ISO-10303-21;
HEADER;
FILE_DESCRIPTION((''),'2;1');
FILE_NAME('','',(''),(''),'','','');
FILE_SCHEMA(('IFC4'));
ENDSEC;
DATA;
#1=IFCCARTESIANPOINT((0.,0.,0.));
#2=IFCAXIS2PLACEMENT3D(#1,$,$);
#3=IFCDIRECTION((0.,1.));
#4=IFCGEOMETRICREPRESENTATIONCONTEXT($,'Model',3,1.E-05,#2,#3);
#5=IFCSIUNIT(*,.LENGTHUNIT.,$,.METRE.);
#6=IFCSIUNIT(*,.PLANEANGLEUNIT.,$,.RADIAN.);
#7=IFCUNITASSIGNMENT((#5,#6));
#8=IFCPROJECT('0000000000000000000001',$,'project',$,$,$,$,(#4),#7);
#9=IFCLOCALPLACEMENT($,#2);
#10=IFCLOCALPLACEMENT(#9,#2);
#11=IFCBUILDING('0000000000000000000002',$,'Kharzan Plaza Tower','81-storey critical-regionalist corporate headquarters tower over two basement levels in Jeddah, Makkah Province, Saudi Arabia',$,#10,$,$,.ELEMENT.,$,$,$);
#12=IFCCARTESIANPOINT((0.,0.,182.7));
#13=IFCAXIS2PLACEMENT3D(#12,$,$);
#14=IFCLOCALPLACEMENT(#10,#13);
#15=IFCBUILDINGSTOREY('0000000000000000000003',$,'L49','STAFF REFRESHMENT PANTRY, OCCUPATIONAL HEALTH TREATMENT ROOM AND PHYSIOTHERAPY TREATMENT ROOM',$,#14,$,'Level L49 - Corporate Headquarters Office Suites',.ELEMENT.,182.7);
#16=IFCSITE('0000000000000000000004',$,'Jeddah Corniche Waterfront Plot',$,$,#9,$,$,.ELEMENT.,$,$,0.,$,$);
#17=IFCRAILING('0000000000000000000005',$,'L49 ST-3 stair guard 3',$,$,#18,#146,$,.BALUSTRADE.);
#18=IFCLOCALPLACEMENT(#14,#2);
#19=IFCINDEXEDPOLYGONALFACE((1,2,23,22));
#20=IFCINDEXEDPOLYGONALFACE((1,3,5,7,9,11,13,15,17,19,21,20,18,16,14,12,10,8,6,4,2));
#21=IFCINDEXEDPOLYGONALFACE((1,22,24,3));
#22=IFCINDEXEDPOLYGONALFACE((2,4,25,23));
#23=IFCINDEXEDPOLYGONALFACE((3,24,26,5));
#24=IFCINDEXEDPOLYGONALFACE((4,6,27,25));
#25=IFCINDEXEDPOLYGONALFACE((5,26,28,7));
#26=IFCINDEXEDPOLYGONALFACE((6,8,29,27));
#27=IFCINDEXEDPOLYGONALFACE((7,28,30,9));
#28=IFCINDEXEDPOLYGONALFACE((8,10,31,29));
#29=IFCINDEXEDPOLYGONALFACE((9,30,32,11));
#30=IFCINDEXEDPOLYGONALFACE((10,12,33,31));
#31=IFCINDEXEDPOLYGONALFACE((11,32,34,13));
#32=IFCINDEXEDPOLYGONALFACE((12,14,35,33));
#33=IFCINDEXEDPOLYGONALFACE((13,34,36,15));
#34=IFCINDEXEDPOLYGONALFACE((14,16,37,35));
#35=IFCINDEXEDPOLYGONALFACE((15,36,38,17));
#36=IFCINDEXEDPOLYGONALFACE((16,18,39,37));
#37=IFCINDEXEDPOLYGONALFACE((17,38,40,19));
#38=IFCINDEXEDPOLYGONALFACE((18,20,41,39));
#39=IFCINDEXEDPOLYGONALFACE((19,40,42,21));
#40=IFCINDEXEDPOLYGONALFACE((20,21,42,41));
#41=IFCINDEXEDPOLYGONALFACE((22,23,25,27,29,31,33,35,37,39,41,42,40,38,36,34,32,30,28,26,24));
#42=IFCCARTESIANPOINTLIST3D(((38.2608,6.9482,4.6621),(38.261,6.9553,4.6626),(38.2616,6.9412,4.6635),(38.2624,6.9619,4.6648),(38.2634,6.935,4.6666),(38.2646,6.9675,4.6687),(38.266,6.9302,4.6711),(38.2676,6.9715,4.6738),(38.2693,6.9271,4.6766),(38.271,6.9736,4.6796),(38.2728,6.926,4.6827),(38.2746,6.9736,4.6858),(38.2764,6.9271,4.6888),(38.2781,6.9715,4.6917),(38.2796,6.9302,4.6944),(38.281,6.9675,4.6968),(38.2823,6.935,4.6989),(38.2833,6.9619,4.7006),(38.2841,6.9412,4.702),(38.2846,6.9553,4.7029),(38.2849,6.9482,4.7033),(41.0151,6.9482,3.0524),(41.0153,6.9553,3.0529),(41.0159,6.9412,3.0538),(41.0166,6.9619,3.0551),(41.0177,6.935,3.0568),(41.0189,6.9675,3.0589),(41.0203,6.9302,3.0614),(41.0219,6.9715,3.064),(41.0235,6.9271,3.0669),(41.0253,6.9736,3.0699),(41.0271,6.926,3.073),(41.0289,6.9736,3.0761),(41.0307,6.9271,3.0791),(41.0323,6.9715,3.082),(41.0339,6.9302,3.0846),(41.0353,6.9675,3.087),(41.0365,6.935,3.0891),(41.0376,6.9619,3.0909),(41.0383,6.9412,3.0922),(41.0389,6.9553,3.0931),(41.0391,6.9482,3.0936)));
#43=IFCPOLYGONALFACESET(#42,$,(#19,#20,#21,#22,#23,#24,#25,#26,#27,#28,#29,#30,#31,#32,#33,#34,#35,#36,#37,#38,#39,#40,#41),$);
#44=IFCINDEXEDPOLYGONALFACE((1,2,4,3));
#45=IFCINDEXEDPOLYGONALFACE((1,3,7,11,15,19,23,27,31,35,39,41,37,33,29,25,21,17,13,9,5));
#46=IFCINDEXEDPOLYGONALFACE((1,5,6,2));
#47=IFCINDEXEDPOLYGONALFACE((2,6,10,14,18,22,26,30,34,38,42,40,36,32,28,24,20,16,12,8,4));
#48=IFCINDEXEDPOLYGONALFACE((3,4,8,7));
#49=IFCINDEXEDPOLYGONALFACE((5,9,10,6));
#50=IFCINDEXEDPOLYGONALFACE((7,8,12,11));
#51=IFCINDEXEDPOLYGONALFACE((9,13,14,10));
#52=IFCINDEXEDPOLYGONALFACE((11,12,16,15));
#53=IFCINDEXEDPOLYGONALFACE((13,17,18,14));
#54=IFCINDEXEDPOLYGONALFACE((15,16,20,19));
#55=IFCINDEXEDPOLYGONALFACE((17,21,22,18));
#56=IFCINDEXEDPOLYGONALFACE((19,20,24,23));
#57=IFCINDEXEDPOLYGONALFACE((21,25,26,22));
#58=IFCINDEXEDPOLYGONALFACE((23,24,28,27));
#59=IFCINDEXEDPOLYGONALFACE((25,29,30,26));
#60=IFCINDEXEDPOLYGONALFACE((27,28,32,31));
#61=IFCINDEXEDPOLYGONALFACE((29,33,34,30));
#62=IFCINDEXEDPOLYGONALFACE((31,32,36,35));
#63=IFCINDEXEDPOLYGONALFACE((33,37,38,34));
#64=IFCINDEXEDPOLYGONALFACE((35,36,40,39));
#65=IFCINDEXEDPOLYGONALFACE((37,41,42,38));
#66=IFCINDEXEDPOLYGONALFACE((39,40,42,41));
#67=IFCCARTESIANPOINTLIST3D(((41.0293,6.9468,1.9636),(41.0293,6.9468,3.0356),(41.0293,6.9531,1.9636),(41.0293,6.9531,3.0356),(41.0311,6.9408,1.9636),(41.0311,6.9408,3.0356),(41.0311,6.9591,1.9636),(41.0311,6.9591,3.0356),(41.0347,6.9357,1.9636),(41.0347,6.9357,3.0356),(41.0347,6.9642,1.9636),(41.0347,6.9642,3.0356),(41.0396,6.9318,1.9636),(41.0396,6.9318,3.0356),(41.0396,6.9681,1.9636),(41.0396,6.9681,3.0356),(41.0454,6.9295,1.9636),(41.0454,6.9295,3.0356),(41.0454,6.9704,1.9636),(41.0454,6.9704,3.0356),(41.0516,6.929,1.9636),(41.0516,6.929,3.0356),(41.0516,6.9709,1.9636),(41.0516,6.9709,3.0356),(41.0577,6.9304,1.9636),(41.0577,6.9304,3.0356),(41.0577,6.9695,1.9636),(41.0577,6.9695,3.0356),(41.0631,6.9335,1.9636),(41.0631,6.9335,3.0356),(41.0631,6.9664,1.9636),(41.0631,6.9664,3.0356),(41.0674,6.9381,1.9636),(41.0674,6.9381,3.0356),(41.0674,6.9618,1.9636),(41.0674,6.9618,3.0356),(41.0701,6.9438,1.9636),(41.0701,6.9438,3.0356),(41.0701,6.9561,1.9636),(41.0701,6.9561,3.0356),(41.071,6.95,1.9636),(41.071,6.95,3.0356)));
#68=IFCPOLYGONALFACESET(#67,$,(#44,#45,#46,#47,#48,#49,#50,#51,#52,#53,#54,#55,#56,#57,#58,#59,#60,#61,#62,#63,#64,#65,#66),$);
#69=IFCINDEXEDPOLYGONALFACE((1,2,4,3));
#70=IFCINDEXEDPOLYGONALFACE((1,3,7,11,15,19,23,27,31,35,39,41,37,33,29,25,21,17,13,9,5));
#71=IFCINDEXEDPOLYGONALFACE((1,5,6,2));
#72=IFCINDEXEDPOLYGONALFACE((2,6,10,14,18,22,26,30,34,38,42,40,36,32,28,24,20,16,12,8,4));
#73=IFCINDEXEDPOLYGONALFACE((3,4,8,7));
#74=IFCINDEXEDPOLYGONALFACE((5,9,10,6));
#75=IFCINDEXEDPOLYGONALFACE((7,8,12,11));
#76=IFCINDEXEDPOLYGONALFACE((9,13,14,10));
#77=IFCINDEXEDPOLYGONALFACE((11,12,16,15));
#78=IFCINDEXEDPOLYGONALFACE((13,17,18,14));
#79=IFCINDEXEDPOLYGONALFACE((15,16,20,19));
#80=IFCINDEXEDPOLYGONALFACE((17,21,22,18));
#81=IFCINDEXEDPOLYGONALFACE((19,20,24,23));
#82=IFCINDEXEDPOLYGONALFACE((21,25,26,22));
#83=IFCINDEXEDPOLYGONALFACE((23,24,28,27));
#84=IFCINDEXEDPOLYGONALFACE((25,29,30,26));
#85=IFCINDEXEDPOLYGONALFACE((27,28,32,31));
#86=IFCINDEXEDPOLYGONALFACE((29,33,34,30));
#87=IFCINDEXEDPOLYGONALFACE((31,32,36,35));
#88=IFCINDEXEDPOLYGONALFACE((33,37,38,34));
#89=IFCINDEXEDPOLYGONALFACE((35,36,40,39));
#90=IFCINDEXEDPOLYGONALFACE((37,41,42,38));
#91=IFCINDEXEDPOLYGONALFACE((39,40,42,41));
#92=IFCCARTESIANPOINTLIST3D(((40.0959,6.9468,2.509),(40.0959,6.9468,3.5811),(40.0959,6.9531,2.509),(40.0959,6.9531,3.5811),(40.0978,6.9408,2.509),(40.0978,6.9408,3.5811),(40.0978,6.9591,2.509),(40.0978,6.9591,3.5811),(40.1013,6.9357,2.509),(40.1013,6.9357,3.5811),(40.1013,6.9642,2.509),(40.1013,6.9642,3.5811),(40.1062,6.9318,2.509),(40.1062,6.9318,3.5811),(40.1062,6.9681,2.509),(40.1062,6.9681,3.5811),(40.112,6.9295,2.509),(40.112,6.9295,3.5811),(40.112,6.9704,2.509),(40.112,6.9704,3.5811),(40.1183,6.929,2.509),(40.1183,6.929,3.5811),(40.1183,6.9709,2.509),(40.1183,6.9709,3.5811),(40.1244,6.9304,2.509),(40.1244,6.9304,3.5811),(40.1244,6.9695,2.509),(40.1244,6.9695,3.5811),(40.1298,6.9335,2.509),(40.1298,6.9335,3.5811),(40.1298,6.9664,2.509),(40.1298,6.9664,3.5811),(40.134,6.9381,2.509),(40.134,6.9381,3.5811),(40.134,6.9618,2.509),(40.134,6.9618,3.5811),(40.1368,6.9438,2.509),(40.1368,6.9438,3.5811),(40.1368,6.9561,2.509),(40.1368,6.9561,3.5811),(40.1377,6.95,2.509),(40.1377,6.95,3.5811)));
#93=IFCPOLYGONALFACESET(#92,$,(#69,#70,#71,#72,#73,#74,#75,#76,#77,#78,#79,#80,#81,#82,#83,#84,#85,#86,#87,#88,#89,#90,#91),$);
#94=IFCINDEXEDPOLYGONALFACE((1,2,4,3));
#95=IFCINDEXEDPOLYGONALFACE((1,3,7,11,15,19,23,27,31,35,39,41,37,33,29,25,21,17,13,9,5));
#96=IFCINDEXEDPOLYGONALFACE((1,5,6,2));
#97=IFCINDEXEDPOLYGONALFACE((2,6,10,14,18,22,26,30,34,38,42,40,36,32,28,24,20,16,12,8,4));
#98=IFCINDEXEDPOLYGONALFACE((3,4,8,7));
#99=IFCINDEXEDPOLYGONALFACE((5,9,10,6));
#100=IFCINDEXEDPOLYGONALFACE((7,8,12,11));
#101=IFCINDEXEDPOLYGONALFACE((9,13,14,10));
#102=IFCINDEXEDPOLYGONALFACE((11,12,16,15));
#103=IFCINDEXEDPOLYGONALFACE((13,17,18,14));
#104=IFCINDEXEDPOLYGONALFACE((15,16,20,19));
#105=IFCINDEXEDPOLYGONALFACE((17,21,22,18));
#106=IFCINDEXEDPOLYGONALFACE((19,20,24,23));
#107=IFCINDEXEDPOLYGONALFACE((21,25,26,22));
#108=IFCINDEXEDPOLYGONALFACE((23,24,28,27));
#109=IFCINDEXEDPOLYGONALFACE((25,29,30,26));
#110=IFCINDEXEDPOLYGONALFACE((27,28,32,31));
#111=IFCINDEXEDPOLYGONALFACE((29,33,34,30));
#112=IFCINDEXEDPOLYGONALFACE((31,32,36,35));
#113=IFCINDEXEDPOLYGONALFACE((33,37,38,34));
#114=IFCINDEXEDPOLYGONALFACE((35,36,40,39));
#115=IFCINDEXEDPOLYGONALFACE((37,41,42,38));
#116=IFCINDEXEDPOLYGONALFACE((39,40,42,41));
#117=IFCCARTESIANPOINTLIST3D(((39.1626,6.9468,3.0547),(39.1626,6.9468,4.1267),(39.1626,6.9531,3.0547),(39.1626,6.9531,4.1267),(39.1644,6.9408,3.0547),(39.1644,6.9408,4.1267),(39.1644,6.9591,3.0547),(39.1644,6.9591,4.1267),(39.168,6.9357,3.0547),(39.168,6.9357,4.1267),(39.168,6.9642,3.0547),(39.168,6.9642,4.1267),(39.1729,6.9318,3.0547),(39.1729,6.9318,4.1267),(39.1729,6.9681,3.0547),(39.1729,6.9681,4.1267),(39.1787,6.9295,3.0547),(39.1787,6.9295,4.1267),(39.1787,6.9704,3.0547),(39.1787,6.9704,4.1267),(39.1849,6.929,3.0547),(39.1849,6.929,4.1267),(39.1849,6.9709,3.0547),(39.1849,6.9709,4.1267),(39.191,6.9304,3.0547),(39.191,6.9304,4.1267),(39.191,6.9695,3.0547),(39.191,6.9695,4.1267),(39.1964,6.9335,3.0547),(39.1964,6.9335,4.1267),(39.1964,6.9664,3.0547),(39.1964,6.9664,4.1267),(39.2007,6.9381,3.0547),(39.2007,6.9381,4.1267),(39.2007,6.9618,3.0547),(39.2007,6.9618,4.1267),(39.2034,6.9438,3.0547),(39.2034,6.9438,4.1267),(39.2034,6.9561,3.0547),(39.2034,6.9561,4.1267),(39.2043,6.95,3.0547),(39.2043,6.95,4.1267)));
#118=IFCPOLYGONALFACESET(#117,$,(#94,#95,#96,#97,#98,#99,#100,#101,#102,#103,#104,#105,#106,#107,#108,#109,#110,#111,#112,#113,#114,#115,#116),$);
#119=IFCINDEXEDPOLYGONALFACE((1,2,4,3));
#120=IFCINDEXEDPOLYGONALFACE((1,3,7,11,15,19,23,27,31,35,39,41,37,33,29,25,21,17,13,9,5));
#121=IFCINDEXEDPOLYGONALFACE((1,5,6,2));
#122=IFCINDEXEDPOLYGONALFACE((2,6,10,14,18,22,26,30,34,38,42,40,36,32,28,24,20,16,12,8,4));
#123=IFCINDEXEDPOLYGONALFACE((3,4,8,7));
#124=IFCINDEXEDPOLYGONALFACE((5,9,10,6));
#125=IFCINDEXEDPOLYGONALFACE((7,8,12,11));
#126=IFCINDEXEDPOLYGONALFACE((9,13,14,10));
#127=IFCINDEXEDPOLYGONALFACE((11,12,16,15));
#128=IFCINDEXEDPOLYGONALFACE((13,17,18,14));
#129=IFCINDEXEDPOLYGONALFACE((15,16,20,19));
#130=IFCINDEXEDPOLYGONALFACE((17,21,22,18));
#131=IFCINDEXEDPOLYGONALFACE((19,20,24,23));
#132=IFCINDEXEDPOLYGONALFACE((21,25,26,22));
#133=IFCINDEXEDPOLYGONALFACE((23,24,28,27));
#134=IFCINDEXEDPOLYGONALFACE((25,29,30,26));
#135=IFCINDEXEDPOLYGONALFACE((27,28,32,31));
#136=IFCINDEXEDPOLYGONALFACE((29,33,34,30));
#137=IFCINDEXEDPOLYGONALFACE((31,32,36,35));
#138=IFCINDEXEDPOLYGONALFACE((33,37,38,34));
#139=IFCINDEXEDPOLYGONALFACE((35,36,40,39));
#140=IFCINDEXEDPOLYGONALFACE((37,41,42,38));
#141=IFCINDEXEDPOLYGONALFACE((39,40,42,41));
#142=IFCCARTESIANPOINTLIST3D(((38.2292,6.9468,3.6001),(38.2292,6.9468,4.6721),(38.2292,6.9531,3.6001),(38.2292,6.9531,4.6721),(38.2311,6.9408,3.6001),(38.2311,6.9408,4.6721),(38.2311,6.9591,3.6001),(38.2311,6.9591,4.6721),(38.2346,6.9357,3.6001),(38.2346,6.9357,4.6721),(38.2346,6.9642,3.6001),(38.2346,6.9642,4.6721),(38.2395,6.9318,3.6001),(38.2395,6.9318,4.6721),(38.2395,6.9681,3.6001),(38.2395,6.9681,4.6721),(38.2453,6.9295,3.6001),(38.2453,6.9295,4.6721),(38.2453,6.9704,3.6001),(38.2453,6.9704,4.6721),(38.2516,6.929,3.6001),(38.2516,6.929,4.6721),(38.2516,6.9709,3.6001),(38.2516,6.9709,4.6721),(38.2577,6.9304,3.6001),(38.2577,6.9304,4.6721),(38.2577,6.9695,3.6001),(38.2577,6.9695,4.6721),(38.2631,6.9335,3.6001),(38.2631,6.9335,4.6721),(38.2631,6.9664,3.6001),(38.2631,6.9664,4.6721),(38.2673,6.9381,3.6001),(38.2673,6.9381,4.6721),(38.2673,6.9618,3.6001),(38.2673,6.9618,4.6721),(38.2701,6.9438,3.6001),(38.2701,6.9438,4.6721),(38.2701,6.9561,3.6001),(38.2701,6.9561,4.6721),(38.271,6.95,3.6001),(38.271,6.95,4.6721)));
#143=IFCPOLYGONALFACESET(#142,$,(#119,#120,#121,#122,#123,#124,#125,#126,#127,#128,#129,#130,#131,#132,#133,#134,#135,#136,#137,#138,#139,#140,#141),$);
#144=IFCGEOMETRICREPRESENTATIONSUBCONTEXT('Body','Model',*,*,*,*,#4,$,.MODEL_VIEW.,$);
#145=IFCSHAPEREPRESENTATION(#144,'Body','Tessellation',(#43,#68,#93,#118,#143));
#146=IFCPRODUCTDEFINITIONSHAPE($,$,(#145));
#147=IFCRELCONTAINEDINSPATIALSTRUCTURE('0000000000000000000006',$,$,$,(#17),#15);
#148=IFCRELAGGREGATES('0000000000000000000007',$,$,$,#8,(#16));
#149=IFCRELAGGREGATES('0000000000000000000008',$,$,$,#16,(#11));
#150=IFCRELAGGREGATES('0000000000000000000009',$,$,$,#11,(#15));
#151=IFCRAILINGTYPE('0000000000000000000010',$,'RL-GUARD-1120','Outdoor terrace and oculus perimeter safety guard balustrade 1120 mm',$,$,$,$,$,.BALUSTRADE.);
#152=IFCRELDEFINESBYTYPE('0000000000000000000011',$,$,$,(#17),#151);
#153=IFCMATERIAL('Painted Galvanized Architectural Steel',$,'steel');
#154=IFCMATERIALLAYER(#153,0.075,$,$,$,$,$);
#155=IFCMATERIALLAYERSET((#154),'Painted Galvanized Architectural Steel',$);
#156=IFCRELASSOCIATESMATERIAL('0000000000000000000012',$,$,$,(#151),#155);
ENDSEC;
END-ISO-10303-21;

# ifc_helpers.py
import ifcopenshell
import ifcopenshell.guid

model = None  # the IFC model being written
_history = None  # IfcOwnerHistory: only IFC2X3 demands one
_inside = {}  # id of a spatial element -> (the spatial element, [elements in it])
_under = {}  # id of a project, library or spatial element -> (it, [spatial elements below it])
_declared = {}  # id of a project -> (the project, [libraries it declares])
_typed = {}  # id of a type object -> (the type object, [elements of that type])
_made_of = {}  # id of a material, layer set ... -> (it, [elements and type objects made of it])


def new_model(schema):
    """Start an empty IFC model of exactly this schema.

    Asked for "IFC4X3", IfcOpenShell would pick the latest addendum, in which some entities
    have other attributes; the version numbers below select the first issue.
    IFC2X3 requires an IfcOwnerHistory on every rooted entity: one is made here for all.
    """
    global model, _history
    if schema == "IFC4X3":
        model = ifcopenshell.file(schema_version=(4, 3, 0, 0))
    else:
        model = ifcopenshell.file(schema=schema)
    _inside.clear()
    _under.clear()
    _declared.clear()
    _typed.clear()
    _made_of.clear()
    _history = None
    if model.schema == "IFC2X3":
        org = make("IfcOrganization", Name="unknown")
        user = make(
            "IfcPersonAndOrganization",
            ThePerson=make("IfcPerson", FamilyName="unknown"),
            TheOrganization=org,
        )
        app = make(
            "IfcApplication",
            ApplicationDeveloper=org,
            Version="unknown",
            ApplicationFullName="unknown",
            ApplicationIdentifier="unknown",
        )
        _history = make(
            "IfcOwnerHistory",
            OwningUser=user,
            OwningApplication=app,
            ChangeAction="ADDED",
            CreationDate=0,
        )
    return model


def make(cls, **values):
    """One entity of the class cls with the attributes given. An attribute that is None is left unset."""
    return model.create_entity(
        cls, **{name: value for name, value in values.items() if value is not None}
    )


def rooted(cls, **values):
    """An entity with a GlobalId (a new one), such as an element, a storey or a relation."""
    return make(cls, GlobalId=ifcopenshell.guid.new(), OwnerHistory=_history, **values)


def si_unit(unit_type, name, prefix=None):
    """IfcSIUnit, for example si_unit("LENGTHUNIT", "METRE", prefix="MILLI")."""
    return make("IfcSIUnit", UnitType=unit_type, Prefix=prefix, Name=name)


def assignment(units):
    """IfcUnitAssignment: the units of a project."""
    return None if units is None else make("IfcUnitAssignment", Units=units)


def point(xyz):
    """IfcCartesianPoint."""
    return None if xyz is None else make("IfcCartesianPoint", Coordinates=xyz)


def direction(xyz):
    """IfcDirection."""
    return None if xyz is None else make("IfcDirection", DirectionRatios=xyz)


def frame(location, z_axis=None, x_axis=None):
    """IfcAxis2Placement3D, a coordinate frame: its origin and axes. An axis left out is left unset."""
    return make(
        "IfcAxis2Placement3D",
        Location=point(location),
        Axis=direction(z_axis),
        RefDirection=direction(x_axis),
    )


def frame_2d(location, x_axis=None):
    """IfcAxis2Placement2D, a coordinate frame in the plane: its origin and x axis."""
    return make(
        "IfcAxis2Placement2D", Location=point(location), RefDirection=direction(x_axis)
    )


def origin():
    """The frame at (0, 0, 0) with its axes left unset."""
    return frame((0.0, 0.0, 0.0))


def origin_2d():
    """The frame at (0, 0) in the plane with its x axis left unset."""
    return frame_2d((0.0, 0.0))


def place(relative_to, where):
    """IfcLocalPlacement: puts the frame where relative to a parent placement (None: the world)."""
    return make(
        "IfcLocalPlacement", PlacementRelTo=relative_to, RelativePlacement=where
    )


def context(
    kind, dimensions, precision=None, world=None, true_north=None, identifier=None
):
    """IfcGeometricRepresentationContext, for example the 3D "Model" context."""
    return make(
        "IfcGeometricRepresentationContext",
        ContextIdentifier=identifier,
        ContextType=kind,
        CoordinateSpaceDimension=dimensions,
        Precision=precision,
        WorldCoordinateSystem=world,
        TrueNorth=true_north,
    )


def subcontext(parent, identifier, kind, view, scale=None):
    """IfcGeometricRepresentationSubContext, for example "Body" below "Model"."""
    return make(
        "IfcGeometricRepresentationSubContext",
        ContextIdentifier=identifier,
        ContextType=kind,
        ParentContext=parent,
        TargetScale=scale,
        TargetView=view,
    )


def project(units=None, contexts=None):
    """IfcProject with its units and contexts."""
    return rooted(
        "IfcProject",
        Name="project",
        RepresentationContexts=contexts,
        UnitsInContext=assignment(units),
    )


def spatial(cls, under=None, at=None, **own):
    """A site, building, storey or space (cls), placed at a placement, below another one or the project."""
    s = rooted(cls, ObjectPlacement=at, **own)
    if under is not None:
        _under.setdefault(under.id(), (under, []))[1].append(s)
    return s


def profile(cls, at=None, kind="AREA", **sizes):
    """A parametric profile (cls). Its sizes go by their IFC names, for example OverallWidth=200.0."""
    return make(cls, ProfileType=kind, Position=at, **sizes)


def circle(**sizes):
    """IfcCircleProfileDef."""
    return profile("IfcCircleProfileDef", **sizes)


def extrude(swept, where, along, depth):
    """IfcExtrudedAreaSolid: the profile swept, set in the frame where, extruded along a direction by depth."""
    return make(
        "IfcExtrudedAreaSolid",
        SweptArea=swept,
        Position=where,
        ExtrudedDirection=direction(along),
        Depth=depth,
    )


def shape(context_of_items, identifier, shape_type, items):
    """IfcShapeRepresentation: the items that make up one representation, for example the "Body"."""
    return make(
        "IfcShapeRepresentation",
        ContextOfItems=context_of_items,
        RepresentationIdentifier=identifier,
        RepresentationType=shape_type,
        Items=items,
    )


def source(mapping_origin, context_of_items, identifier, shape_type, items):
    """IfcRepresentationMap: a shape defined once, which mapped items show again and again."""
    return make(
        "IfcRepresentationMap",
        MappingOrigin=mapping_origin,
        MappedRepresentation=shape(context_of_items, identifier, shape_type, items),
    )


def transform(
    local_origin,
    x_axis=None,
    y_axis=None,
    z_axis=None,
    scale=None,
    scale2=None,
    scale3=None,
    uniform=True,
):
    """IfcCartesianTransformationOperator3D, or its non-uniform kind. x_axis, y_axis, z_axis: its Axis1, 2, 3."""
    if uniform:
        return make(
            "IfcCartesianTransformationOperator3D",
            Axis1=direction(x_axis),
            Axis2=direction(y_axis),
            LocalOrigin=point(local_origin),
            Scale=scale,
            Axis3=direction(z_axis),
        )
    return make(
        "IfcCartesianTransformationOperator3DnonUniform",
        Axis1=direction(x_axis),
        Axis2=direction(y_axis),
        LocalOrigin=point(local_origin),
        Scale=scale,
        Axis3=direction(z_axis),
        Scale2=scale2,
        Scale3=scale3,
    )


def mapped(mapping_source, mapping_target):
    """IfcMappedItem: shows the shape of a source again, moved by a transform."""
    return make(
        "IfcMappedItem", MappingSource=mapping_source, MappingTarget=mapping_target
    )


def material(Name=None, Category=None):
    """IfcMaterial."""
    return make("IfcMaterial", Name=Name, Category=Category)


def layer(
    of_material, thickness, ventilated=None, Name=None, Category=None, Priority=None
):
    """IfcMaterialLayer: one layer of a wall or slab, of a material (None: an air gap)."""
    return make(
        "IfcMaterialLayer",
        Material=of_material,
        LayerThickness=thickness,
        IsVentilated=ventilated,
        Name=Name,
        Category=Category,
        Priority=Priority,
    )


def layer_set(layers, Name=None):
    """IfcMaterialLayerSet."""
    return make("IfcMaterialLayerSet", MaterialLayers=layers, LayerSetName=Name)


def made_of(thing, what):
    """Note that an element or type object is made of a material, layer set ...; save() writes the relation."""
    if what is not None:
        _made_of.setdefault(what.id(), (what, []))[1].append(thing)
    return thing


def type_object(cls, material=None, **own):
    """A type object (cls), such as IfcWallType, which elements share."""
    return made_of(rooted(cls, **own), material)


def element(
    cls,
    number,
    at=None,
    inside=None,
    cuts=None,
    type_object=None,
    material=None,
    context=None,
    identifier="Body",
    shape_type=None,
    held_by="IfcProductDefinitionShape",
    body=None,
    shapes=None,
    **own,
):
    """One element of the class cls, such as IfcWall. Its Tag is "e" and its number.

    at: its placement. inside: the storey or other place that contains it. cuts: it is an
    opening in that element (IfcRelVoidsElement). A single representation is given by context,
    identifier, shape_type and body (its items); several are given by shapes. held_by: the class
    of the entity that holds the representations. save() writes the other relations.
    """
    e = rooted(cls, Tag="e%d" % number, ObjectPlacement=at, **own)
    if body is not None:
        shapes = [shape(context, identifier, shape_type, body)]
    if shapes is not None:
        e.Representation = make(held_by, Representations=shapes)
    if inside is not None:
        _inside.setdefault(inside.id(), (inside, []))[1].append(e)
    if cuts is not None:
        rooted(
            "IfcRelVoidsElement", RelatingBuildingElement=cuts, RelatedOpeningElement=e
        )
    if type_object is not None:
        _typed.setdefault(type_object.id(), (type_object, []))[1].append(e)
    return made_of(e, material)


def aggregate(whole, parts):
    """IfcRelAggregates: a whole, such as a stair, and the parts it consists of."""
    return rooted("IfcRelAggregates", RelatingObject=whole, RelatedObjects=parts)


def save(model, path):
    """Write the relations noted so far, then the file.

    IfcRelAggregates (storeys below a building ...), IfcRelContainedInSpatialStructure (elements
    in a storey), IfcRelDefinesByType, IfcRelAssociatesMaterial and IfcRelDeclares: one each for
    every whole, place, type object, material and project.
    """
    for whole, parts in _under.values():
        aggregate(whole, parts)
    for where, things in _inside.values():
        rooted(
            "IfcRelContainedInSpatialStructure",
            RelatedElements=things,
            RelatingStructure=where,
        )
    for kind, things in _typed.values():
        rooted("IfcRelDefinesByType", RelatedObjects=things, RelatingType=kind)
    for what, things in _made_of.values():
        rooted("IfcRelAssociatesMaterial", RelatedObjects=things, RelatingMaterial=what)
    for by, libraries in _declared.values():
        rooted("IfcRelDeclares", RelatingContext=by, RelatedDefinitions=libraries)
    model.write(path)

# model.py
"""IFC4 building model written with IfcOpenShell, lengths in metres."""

from ifc_helpers import new_model, si_unit, direction, frame, origin, origin_2d, place, context, subcontext, project, spatial, circle, extrude, source, transform, mapped, material, layer, layer_set, type_object, element, save


model = new_model("IFC4")

# Units and contexts
model_context = context("Model", 3, precision=1e-05, world=origin(), true_north=direction((0.0, 1.0)))
body_context = subcontext(model_context, "Body", "Model", "MODEL_VIEW")
ifc_project = project(units=[si_unit("LENGTHUNIT", "METRE"), si_unit("PLANEANGLEUNIT", "RADIAN")], contexts=[model_context])

# Site, building, storey
site_placement = place(None, origin())
site = spatial("IfcSite", under=ifc_project, at=site_placement, Name="Jeddah Corniche Waterfront Plot", CompositionType="ELEMENT", RefElevation=0.0)
building_placement = place(site_placement, origin())
building = spatial("IfcBuilding", under=site, at=building_placement, Name="Kharzan Plaza Tower", Description="81-storey critical-regionalist corporate headquarters tower over two basement levels in Jeddah, Makkah Province, Saudi Arabia", CompositionType="ELEMENT")
storey_placement = place(building_placement, frame((0.0, 0.0, 182.7)))
storey = spatial("IfcBuildingStorey", under=building, at=storey_placement, Name="L49", Description="STAFF REFRESHMENT PANTRY, OCCUPATIONAL HEALTH TREATMENT ROOM AND PHYSIOTHERAPY TREATMENT ROOM", LongName="Level L49 - Corporate Headquarters Office Suites", CompositionType="ELEMENT", Elevation=182.7)

# Railing
ifc_material_1 = material(Name="Painted Galvanized Architectural Steel", Category="steel")
ifc_layer_1 = layer(ifc_material_1, 0.075)
ifc_layer_set_1 = layer_set([ifc_layer_1], Name="Painted Galvanized Architectural Steel")
railing_type_1 = type_object("IfcRailingType", Name="RL-GUARD-1120", Description="Outdoor terrace and oculus perimeter safety guard balustrade 1120 mm", PredefinedType="BALUSTRADE", material=ifc_layer_set_1)
shared_shape_1 = source(origin(), body_context, "Body", "SweptSolid", [
    extrude(circle(Radius=0.0239, at=origin_2d()), frame((-0.0229, 0.0, 1.1094), z_axis=(-0.863361, 0.0, 0.504587), x_axis=(0.0, -1.0, 0.0)), (0.0, 0.0, 1.0), 3.1902),
    extrude(circle(Radius=0.021, at=origin_2d()), origin(), (0.0, 0.0, 1.0), 1.072),
    extrude(circle(Radius=0.021, at=origin_2d()), frame((-0.9333, 0.0, 0.5454)), (0.0, 0.0, 1.0), 1.072),
    extrude(circle(Radius=0.021, at=origin_2d()), frame((-1.8667, 0.0, 1.0911)), (0.0, 0.0, 1.0), 1.072),
    extrude(circle(Radius=0.021, at=origin_2d()), frame((-2.8, 0.0, 1.6365)), (0.0, 0.0, 1.0), 1.072),
])
railing_1_placement = place(storey_placement, frame((41.05, 6.95, 1.9636)))
element("IfcRailing", 1, at=railing_1_placement, inside=storey, type_object=railing_type_1, Name="L49 ST-3 stair guard 3", PredefinedType="BALUSTRADE", context=body_context, shape_type="MappedRepresentation", body=[
    mapped(shared_shape_1, transform((0.0, 0.0, 0.0), x_axis=(1.0, 0.0, 0.0), y_axis=(0.0, 1.0, 0.0), z_axis=(0.0, 0.0, 1.0))),
])

save(model, "model.ifc")
